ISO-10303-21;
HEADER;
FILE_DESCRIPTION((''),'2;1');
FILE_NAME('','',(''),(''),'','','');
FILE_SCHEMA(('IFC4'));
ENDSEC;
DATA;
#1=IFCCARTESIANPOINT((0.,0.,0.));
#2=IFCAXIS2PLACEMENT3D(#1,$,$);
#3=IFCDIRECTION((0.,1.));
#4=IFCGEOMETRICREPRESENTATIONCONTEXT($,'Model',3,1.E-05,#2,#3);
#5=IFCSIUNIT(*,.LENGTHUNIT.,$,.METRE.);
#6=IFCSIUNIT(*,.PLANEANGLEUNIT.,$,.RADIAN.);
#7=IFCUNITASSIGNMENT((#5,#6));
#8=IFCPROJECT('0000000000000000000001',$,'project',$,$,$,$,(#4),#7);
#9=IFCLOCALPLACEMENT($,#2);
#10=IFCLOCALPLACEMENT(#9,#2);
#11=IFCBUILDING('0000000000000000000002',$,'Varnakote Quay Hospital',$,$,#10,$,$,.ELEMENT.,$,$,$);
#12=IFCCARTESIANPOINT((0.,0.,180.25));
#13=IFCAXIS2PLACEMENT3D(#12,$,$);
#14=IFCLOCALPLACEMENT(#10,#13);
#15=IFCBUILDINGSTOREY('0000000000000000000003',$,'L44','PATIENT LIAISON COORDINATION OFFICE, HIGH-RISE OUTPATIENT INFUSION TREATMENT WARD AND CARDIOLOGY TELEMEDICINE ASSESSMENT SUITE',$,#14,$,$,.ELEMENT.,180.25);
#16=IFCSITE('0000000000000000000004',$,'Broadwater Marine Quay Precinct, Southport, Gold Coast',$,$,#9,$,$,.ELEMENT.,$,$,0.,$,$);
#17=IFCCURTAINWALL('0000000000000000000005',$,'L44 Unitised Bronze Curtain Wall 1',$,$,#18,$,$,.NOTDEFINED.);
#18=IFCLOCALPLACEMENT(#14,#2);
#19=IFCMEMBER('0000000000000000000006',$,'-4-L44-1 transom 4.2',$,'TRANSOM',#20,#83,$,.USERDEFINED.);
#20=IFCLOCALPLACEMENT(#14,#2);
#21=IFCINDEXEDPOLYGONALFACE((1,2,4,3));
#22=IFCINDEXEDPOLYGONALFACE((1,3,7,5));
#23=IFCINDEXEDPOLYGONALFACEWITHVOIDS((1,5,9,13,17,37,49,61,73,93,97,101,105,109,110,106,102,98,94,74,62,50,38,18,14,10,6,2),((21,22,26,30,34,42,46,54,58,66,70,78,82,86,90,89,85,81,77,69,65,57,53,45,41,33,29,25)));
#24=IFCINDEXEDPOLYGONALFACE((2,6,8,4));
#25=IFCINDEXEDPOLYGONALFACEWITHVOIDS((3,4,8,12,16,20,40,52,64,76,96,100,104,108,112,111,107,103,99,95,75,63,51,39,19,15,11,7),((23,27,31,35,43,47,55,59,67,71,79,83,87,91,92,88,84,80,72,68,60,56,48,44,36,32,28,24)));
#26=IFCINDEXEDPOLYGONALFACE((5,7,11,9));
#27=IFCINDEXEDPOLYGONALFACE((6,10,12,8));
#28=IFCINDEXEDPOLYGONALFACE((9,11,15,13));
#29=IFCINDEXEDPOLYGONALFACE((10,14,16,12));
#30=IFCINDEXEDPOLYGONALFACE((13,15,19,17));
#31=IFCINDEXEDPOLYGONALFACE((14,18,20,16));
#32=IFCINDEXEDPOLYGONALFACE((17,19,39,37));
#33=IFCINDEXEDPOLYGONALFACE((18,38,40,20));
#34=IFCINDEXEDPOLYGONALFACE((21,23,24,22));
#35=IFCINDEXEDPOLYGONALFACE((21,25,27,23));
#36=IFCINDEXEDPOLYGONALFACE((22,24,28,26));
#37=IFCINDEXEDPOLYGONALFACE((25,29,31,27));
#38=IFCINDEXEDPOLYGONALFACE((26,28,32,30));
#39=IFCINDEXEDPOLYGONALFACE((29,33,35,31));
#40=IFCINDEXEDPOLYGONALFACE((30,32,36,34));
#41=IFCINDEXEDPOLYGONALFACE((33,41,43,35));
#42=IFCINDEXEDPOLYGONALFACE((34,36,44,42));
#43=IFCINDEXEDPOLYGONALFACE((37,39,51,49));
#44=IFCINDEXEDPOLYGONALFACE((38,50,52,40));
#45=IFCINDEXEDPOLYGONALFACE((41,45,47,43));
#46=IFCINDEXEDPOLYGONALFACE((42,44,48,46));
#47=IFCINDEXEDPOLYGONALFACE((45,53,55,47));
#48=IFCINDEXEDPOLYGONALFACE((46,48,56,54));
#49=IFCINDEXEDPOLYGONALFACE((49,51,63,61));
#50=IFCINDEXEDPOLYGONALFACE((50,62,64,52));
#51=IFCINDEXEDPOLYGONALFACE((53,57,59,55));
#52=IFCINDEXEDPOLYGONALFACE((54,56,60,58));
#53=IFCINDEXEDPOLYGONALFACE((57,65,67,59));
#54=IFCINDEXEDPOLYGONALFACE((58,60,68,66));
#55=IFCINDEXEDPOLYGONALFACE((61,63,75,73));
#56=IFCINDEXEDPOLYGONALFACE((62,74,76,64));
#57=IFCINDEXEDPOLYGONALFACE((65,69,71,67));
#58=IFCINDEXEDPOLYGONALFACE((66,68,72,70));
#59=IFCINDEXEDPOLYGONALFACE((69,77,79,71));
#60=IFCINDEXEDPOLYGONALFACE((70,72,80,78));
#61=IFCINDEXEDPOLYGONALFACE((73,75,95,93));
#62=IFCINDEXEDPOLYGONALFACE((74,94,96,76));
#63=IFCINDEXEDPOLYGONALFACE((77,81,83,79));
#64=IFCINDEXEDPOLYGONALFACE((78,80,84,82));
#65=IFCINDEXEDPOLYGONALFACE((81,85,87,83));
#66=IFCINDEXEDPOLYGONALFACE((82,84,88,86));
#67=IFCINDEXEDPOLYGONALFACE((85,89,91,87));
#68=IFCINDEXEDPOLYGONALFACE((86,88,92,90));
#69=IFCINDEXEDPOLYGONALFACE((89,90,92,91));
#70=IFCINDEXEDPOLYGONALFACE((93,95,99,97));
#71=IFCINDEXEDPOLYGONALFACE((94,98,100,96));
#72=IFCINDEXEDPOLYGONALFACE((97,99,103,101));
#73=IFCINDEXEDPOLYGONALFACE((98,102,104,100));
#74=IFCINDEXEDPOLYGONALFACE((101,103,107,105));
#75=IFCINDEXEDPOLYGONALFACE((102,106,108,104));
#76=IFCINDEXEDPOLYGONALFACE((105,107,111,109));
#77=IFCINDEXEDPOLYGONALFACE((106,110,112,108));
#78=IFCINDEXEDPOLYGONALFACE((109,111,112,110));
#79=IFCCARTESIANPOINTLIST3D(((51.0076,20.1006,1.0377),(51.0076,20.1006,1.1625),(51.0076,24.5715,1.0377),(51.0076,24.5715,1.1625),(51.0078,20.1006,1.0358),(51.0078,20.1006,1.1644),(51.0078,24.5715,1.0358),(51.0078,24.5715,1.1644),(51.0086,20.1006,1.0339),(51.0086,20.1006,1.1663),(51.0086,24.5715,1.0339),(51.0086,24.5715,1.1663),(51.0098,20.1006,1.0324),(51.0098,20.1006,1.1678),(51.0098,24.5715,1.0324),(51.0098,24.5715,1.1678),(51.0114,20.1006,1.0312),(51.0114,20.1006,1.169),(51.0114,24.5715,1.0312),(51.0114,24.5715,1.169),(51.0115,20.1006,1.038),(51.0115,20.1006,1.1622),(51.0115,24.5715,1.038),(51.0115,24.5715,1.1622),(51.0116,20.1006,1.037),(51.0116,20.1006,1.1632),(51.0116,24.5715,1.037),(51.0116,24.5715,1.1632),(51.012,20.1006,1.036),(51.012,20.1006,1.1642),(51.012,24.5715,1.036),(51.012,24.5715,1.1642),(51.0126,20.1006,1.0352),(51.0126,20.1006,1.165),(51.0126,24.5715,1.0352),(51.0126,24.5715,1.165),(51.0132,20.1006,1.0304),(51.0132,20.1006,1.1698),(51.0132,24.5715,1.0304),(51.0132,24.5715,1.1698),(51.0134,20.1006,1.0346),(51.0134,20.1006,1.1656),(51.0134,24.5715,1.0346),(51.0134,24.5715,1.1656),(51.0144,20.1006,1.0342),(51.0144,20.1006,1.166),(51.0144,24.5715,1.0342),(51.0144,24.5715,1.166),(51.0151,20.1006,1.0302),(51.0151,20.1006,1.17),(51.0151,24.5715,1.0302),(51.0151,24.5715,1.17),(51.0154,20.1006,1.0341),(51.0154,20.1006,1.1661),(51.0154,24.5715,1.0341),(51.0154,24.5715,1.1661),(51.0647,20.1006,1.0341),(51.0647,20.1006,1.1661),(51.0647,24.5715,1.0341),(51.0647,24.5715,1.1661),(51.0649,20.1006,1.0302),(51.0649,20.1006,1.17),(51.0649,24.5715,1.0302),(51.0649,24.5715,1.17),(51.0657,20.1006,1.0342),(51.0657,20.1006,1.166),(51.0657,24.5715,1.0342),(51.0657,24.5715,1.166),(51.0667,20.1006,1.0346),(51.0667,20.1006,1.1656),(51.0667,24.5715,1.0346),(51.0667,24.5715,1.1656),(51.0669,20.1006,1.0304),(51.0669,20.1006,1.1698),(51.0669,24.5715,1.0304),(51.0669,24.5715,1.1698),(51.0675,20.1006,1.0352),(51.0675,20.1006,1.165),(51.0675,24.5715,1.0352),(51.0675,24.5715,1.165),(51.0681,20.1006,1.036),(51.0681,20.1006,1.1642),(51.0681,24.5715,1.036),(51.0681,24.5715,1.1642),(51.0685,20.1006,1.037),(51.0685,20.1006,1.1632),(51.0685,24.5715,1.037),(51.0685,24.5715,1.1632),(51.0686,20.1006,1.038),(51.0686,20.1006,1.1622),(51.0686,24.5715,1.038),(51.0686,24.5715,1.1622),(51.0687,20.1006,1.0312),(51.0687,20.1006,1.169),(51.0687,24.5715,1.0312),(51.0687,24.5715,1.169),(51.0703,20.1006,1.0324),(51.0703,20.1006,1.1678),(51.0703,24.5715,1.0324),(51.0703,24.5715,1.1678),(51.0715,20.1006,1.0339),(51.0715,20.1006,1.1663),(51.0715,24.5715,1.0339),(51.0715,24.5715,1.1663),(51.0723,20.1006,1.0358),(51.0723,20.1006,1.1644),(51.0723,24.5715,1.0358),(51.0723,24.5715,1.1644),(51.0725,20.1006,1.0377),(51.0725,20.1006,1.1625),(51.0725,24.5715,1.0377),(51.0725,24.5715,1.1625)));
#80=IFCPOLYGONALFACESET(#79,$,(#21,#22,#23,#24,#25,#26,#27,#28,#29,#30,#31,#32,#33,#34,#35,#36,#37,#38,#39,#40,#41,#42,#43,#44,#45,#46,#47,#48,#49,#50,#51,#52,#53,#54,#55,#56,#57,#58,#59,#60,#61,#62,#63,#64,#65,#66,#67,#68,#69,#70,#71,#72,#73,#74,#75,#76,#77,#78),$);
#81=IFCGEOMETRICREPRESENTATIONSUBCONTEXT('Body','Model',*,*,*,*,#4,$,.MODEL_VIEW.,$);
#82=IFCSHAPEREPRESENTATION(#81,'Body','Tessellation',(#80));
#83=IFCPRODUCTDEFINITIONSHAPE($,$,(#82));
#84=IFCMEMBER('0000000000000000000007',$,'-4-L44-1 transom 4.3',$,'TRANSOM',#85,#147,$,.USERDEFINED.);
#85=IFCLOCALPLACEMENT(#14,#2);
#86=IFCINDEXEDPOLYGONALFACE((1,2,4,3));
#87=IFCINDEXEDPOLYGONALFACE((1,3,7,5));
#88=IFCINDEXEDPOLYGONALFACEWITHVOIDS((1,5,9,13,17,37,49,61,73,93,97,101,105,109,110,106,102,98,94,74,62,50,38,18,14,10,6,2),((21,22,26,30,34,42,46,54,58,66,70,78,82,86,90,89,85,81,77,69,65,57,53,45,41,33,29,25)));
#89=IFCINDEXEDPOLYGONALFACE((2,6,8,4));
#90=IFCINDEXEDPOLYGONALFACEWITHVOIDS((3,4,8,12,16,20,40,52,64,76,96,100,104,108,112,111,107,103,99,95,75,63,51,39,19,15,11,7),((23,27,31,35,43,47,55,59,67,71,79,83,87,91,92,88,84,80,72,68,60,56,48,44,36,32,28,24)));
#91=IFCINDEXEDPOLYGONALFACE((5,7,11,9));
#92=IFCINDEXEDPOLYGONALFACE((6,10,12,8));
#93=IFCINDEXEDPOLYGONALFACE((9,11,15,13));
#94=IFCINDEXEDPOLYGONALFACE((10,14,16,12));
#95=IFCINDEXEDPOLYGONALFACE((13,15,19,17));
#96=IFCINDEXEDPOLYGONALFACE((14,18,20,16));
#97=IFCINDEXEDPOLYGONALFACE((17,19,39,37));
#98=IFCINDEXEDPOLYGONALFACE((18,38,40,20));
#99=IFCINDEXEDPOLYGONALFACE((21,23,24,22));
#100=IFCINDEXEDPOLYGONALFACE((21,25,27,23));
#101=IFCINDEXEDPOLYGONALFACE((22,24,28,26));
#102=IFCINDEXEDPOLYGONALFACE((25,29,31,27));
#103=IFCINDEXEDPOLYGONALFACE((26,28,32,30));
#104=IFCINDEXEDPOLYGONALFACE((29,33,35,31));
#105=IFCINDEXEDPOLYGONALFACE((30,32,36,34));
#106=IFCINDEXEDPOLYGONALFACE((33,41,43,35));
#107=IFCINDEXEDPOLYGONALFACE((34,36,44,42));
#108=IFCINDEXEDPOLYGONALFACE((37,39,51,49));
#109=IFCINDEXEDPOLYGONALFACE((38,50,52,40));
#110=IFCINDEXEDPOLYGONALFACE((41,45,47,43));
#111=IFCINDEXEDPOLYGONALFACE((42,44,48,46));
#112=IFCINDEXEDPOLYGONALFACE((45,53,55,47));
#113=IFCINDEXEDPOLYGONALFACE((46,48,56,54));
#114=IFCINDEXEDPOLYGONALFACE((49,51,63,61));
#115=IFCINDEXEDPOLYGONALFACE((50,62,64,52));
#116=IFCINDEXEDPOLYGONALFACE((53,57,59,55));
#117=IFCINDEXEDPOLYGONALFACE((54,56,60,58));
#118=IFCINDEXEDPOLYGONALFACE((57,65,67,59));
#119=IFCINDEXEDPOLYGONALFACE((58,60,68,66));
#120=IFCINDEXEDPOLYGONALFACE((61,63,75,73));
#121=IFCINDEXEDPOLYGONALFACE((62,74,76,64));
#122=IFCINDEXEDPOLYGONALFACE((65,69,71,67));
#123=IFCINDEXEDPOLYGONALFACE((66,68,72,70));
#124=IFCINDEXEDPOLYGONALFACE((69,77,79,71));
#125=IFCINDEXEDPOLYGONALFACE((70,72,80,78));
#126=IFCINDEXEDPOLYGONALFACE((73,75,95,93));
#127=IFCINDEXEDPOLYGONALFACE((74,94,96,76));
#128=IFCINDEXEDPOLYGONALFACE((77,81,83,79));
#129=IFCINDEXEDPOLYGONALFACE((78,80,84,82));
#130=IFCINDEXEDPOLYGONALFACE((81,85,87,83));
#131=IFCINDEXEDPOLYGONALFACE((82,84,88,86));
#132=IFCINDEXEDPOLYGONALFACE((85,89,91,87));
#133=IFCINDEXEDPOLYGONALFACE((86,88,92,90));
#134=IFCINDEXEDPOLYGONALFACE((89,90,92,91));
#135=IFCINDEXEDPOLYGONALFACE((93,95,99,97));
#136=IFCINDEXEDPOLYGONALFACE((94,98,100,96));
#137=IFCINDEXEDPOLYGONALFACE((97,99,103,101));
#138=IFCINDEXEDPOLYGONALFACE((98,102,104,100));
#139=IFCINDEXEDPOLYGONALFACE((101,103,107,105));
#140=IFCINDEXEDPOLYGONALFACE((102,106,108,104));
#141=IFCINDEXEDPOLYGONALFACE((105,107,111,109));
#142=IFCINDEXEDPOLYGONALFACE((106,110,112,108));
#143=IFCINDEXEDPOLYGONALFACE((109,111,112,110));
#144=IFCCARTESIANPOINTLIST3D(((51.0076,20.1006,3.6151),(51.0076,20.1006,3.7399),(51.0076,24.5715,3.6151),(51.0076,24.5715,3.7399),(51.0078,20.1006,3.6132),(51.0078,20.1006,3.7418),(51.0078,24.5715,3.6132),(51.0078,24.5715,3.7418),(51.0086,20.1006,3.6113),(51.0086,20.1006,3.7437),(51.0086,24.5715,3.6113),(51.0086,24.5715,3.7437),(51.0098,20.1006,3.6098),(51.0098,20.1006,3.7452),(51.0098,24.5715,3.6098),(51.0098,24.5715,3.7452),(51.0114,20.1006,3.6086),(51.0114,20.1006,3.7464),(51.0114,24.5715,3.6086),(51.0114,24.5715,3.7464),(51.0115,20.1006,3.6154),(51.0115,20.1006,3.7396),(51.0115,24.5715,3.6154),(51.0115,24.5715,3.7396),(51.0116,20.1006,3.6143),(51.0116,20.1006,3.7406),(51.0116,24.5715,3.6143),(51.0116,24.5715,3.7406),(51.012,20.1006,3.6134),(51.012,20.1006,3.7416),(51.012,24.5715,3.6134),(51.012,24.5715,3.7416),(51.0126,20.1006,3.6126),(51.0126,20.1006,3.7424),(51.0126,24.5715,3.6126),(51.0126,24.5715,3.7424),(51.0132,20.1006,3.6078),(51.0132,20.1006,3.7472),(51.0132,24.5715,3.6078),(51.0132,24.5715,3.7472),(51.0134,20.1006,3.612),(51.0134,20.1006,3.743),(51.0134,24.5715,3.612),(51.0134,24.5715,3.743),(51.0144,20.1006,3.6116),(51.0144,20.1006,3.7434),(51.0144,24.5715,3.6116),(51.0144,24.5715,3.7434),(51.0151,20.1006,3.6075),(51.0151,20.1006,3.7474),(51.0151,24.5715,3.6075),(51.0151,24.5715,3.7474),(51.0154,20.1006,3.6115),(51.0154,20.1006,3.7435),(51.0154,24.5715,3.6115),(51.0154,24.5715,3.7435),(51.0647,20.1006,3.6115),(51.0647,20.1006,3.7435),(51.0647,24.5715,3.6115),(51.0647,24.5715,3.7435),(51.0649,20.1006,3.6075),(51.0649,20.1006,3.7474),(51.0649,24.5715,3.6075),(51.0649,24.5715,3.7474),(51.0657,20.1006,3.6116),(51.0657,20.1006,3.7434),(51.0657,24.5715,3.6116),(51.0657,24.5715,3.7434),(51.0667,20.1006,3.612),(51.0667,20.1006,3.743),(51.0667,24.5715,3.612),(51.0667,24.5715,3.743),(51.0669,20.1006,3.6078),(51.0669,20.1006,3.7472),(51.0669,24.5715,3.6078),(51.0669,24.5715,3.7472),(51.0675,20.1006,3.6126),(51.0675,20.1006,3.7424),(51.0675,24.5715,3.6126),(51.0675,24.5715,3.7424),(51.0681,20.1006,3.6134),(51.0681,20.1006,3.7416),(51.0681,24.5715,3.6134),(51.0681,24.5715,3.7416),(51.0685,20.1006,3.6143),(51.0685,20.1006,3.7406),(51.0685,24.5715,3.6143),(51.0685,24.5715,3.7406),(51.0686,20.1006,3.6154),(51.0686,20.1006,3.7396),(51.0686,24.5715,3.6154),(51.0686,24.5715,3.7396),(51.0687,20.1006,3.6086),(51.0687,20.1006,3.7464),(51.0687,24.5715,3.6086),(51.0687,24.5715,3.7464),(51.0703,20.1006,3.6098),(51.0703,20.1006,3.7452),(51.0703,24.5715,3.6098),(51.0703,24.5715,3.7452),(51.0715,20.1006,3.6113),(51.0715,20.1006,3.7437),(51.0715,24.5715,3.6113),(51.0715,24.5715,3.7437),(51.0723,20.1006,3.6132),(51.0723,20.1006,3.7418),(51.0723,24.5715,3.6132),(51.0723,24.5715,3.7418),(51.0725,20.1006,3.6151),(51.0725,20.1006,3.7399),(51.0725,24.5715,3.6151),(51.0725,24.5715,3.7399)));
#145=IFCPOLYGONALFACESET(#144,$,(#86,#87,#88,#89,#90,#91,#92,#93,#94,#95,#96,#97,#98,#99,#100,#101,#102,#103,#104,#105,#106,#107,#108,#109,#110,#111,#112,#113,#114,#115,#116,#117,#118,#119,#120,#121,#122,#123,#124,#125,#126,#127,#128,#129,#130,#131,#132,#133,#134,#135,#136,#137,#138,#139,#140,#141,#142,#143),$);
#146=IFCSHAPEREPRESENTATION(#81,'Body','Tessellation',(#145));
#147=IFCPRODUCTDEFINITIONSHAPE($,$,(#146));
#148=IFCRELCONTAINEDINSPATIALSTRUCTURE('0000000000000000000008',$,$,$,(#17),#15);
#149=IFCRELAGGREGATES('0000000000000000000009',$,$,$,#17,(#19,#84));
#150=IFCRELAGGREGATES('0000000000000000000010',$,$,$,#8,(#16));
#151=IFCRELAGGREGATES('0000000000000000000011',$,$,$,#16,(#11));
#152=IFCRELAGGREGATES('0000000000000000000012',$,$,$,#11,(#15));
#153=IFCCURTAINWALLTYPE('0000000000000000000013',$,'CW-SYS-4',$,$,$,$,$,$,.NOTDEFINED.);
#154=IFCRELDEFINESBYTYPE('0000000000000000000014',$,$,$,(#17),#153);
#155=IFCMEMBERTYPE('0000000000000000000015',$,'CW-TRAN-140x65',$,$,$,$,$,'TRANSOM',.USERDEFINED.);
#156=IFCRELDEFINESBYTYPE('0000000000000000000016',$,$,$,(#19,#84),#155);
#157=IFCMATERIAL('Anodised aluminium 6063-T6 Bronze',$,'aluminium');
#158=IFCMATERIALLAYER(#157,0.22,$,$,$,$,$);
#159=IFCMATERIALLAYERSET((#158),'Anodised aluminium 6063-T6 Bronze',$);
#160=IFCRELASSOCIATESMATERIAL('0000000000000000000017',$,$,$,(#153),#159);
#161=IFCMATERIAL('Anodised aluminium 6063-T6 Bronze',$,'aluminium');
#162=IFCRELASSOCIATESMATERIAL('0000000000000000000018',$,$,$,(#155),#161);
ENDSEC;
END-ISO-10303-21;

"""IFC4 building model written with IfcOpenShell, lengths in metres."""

from ifc_helpers import new_model, si_unit, direction, frame, origin, origin_2d, place, context, subcontext, project, spatial, hollow_rectangle, extrude, material, layer, layer_set, material_profile, profile_set, type_object, element, aggregate, save


model = new_model("IFC4")

# Units and contexts
model_context = context("Model", 3, precision=1e-05, world=origin(), true_north=direction((0.0, 1.0)))
body_context = subcontext(model_context, "Body", "Model", "MODEL_VIEW")
ifc_project = project(units=[si_unit("LENGTHUNIT", "METRE"), si_unit("PLANEANGLEUNIT", "RADIAN")], contexts=[model_context])

# Site, building, storey
site_placement = place(None, origin())
site = spatial("IfcSite", under=ifc_project, at=site_placement, Name="Broadwater Marine Quay Precinct, Southport, Gold Coast", CompositionType="ELEMENT", RefElevation=0.0)
building_placement = place(site_placement, origin())
building = spatial("IfcBuilding", under=site, at=building_placement, Name="Varnakote Quay Hospital", CompositionType="ELEMENT")
storey_placement = place(building_placement, frame((0.0, 0.0, 180.25)))
storey = spatial("IfcBuildingStorey", under=building, at=storey_placement, Name="L44", Description="PATIENT LIAISON COORDINATION OFFICE, HIGH-RISE OUTPATIENT INFUSION TREATMENT WARD AND CARDIOLOGY TELEMEDICINE ASSESSMENT SUITE", CompositionType="ELEMENT", Elevation=180.25)

# Curtain wall
ifc_material_1 = material(Name="Anodised aluminium 6063-T6 Bronze", Category="aluminium")
ifc_layer_1 = layer(ifc_material_1, 0.22)
ifc_layer_set_1 = layer_set([ifc_layer_1], Name="Anodised aluminium 6063-T6 Bronze")
curtain_wall_type = type_object("IfcCurtainWallType", Name="CW-SYS-4", PredefinedType="NOTDEFINED", material=ifc_layer_set_1)
curtain_wall_1_placement = place(storey_placement, origin())
curtain_wall_1 = element("IfcCurtainWall", 1, at=curtain_wall_1_placement, inside=storey, type_object=curtain_wall_type, Name="L44 Unitised Bronze Curtain Wall 1", PredefinedType="NOTDEFINED")

# Members
ifc_material_2 = material(Name="Anodised aluminium 6063-T6 Bronze", Category="aluminium")
ifc_material_profile_1 = material_profile(ifc_material_2, hollow_rectangle(XDim=0.0649, YDim=0.1399, WallThickness=0.0039, InnerFilletRadius=0.0039, OuterFilletRadius=0.0076, at=origin_2d()), Name="CW-TRAN-140x65")
ifc_profile_set_1 = profile_set([ifc_material_profile_1], Name="Anodised aluminium 6063-T6 Bronze")
member_type_1 = type_object("IfcMemberType", Name="CW-TRAN-140x65", ElementType="TRANSOM", PredefinedType="USERDEFINED", material=ifc_profile_set_1)
member_1_placement = place(storey_placement, frame((51.04, 20.1006, 1.1001), z_axis=(0.0, 1.0, 0.0), x_axis=(-1.0, 0.0, 0.0)))
member_1 = element("IfcMember", 2, at=member_1_placement, type_object=member_type_1, Name="-4-L44-1 transom 4.2", ObjectType="TRANSOM", PredefinedType="USERDEFINED", context=body_context, shape_type="SweptSolid", body=[
    extrude(hollow_rectangle(XDim=0.0649, YDim=0.1399, WallThickness=0.0039, InnerFilletRadius=0.0039, OuterFilletRadius=0.0076, at=origin_2d()), origin(), (0.0, 0.0, 1.0), 4.4709),
])
member_2_placement = place(storey_placement, frame((51.04, 20.1006, 3.6775), z_axis=(0.0, 1.0, 0.0), x_axis=(-1.0, 0.0, 0.0)))
member_2 = element("IfcMember", 3, at=member_2_placement, type_object=member_type_1, Name="-4-L44-1 transom 4.3", ObjectType="TRANSOM", PredefinedType="USERDEFINED", context=body_context, shape_type="SweptSolid", body=[
    extrude(hollow_rectangle(XDim=0.0649, YDim=0.1399, WallThickness=0.0039, InnerFilletRadius=0.0039, OuterFilletRadius=0.0076, at=origin_2d()), origin(), (0.0, 0.0, 1.0), 4.4709),
])

aggregate(curtain_wall_1, [member_1, member_2])

save(model, "model.ifc")
